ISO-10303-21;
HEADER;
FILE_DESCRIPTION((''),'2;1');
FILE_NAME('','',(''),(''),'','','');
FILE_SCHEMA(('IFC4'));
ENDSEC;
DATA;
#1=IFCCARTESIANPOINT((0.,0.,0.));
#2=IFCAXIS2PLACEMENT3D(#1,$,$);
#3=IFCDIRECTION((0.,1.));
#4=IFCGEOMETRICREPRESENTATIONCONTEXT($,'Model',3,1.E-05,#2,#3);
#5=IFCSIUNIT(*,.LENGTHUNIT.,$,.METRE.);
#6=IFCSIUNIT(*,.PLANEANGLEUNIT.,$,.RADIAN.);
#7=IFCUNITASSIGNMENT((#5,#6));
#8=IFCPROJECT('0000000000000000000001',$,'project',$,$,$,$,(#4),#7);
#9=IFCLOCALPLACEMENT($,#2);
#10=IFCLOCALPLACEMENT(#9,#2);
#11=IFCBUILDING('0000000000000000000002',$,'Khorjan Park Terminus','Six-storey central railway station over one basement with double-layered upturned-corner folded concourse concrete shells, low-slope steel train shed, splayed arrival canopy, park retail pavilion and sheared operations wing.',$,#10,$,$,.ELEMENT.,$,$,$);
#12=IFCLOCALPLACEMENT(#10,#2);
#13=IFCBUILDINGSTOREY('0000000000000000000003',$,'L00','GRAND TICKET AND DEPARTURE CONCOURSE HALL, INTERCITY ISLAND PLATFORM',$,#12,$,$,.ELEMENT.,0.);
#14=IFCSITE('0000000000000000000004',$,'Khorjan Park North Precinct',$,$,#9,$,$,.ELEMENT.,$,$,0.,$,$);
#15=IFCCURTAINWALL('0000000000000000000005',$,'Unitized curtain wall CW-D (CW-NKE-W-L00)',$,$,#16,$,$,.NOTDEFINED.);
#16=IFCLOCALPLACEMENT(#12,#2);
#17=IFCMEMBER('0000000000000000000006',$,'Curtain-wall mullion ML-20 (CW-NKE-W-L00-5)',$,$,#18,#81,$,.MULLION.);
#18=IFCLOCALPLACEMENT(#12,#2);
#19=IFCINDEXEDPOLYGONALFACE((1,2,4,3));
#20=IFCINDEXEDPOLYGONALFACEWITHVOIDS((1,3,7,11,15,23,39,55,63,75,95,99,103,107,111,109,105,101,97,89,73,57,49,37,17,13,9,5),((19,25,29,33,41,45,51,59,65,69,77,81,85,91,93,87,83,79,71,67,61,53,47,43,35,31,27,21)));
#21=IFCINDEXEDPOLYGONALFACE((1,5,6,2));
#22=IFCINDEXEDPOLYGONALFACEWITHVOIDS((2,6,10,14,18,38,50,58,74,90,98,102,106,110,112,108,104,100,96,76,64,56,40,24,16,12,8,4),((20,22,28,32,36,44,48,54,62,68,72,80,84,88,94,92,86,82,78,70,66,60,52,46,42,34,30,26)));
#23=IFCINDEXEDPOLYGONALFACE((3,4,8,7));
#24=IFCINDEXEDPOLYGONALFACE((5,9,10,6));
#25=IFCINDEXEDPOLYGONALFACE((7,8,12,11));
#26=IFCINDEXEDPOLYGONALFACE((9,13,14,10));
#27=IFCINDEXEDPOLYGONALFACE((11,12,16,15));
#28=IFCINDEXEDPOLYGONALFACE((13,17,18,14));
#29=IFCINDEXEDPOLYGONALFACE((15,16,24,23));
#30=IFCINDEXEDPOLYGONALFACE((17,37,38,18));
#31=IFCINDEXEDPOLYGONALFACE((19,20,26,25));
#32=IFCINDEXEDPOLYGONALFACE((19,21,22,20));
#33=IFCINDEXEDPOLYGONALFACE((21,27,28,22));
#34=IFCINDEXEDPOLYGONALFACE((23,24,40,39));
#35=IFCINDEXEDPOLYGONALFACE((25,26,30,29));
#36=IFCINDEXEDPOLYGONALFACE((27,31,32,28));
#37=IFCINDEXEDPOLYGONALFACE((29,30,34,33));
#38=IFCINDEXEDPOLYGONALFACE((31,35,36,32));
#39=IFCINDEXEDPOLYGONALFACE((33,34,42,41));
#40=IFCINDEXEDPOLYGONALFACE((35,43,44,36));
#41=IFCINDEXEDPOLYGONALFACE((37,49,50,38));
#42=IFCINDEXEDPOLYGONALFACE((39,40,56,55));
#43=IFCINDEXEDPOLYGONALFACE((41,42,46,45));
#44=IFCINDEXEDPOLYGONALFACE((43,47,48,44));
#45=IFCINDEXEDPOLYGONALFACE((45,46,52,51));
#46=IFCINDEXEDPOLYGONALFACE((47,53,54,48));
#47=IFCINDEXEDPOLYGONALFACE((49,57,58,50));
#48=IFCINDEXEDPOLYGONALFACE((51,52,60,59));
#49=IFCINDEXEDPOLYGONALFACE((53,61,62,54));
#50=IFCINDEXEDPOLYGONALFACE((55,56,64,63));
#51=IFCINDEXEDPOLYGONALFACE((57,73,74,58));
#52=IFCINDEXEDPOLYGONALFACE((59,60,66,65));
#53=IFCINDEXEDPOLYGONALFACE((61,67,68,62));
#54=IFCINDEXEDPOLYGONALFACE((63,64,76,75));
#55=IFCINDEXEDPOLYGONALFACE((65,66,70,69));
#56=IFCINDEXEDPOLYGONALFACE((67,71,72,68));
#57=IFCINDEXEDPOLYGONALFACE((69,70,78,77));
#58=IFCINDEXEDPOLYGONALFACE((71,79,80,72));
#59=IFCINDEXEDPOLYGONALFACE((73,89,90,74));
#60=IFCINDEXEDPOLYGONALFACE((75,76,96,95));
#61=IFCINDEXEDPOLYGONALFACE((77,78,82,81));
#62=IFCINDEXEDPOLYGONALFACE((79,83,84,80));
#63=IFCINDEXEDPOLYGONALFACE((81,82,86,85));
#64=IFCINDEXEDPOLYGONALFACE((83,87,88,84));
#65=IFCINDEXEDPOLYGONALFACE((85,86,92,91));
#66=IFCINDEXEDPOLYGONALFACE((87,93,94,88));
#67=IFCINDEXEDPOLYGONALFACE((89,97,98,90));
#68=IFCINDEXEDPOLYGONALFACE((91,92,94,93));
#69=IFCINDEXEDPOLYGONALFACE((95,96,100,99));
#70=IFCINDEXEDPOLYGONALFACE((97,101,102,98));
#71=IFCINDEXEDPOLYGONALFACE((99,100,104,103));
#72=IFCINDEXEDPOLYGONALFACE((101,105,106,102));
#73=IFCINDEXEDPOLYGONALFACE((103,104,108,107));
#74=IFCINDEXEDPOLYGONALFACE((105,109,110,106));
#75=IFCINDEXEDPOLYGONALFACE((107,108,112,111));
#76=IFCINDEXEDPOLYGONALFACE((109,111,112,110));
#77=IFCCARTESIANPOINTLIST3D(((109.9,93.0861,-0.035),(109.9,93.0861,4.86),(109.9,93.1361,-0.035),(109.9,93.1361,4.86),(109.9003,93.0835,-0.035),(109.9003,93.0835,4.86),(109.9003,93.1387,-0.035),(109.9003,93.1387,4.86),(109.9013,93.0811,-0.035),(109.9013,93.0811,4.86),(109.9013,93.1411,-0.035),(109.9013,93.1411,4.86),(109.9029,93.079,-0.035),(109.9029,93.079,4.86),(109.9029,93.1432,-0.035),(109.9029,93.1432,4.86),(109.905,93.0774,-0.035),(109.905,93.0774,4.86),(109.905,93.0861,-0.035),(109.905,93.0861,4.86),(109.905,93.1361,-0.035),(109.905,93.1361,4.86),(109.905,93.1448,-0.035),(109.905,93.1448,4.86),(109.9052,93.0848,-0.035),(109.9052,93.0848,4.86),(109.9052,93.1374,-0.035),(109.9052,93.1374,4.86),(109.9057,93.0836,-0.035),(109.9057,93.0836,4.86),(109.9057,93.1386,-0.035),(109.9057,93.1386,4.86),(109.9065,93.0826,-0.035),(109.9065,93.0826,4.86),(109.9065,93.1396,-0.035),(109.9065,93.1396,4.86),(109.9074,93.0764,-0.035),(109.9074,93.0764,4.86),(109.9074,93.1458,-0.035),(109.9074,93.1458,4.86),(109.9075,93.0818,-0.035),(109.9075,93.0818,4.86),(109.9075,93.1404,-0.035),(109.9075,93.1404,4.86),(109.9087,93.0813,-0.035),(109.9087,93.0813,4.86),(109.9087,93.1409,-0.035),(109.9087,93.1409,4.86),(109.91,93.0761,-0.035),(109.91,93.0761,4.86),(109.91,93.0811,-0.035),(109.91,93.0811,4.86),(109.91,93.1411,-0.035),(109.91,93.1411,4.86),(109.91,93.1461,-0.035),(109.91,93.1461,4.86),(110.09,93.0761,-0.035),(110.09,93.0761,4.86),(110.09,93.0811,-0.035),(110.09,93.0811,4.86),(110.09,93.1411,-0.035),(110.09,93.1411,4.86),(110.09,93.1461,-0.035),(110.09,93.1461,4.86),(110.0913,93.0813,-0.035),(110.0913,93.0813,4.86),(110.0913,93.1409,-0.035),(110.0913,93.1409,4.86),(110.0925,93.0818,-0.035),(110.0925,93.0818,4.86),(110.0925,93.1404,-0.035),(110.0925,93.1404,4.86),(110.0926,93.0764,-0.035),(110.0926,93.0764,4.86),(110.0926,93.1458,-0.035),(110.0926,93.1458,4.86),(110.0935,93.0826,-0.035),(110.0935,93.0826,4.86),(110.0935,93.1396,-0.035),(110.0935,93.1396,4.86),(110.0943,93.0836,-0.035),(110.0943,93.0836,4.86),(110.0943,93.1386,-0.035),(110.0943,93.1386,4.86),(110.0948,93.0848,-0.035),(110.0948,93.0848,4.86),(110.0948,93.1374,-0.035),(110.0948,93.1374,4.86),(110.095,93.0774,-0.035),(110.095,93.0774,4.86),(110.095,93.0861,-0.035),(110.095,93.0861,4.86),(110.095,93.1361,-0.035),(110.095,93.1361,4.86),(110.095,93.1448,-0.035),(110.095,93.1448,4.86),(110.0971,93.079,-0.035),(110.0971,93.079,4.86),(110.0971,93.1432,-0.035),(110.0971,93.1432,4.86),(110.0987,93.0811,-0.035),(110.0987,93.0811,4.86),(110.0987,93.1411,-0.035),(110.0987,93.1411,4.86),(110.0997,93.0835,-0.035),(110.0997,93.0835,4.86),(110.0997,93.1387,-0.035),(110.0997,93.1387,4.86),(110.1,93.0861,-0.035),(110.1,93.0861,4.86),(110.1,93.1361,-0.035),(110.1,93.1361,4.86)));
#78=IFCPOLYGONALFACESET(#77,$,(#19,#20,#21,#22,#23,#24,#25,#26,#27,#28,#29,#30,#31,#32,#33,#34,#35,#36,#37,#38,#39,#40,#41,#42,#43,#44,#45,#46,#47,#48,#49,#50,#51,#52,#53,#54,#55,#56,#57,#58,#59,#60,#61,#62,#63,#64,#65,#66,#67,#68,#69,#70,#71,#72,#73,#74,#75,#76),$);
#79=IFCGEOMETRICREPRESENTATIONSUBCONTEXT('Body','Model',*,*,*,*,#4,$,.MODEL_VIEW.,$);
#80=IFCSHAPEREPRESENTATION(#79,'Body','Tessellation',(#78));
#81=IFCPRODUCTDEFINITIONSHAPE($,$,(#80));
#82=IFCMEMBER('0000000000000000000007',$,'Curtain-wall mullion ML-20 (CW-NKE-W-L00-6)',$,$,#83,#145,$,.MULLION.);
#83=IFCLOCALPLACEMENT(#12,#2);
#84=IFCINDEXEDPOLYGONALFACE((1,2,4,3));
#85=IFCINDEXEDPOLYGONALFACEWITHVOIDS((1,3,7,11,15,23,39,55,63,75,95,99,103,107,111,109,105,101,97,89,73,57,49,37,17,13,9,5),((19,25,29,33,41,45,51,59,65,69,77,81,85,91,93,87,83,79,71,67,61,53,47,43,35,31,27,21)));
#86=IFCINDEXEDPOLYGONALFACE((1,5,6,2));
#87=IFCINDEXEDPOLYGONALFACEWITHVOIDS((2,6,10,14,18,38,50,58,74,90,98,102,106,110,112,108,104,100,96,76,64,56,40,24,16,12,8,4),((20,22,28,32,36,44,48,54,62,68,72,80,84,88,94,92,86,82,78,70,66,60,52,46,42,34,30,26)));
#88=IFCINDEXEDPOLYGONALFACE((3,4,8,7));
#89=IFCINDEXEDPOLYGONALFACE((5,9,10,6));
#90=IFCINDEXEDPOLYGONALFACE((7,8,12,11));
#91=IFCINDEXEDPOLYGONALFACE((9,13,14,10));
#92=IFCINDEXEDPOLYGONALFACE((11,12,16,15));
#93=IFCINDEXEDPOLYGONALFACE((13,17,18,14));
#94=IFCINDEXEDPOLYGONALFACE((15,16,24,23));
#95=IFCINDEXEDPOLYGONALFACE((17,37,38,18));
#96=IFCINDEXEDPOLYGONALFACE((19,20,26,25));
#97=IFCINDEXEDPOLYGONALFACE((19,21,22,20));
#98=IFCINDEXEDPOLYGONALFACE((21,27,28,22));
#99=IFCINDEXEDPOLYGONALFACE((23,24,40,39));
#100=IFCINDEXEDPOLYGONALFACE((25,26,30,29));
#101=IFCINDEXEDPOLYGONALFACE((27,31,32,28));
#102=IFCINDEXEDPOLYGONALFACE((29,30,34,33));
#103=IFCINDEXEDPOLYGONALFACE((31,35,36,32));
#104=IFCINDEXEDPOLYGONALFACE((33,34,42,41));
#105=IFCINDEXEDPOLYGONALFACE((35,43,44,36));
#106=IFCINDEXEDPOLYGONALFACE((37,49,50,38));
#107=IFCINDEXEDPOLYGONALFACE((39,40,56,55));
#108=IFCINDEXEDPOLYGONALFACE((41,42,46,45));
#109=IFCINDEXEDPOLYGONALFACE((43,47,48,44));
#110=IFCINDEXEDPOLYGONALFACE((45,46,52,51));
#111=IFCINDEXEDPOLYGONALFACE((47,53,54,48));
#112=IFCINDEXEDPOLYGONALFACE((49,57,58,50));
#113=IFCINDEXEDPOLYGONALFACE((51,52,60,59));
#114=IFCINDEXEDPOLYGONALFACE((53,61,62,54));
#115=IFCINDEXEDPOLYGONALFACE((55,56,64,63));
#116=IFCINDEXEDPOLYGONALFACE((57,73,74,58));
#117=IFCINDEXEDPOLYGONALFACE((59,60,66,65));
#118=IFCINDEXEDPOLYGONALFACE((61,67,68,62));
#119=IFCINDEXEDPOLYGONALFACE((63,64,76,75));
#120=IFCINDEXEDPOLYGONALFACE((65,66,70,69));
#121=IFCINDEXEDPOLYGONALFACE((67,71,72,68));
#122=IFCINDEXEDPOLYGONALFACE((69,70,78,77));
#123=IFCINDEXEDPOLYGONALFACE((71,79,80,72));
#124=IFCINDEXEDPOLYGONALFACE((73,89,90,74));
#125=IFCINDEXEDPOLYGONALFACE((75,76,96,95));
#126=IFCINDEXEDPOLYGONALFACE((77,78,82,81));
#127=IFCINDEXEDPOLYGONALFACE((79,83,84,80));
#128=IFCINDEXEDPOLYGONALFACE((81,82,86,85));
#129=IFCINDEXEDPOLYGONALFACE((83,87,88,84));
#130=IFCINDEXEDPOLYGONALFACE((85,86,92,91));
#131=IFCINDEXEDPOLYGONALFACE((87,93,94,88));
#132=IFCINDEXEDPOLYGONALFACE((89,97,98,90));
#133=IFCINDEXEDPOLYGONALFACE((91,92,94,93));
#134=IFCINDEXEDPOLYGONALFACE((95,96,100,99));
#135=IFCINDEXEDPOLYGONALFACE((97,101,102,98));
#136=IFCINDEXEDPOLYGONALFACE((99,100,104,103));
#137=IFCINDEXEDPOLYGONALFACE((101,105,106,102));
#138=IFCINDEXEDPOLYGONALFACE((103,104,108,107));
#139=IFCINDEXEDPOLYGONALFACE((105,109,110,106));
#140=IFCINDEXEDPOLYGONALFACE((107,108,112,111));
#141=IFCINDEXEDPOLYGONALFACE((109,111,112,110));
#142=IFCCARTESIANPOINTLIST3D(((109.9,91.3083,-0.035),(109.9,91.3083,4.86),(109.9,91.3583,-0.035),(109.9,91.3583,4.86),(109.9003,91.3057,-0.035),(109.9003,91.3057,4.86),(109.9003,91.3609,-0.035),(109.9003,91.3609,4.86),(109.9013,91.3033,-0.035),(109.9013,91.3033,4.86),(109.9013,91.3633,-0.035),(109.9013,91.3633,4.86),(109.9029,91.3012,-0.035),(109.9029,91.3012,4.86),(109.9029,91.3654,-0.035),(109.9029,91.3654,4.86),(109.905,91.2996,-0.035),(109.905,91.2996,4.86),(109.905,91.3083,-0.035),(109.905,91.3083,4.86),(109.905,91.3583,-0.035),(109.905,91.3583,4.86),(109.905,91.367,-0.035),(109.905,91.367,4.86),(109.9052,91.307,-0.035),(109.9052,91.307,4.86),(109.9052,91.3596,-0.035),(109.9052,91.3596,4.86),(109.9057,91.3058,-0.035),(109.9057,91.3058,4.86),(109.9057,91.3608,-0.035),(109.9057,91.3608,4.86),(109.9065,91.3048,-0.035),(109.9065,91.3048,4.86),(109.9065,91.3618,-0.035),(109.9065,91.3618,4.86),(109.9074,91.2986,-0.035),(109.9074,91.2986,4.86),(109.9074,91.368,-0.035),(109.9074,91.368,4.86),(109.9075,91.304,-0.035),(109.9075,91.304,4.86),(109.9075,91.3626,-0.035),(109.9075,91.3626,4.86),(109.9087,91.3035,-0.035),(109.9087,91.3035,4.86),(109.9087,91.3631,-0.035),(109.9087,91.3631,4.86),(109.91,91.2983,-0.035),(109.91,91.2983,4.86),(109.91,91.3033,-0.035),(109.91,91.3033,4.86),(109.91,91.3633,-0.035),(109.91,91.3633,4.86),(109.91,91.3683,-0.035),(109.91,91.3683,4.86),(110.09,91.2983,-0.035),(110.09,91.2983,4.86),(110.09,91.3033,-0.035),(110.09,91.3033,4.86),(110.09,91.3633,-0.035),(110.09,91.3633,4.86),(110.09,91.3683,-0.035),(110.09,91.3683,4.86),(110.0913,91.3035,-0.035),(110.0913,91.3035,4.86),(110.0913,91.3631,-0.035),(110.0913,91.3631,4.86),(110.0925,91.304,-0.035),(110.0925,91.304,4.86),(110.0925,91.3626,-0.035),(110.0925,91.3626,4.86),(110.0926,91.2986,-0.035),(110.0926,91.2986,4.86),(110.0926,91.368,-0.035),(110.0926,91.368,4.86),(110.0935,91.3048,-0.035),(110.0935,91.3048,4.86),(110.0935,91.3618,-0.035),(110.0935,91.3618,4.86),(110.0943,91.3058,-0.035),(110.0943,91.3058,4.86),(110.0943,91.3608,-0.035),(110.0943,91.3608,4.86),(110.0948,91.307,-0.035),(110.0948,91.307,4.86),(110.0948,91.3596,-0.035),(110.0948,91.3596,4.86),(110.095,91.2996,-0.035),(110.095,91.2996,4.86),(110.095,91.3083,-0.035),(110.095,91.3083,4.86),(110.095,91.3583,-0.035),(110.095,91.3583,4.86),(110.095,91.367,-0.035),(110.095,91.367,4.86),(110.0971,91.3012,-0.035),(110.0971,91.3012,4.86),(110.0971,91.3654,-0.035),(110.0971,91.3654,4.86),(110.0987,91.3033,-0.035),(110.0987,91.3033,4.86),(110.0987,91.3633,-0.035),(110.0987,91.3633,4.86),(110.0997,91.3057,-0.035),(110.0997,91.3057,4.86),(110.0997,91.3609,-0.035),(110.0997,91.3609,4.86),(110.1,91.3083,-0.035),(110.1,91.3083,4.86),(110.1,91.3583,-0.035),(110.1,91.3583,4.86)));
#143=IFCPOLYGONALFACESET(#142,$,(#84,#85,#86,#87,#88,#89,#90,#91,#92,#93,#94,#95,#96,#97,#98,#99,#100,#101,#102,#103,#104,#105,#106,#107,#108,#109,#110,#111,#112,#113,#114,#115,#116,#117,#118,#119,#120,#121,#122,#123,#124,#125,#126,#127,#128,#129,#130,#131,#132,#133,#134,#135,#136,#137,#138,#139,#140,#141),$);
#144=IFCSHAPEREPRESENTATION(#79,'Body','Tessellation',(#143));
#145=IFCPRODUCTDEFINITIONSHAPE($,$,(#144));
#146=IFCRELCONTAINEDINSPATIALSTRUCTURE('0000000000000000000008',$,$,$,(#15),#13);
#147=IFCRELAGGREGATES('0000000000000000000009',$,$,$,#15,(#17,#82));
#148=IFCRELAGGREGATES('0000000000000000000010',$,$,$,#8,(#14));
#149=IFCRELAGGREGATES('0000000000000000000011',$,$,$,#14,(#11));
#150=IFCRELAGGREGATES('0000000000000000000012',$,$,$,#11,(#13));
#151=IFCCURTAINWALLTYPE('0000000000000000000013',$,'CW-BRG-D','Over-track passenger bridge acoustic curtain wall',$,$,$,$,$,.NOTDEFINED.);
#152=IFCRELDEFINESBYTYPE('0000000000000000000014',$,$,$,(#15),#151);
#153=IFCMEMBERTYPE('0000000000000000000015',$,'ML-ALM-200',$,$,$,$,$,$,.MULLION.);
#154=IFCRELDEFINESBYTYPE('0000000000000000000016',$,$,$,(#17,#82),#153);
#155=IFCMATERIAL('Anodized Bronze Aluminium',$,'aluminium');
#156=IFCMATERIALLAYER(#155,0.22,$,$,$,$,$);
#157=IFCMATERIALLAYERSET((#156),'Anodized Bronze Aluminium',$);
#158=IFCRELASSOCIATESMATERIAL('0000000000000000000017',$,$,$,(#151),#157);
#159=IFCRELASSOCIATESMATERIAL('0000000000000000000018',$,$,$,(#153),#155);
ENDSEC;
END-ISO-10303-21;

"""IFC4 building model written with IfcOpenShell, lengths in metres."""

from ifc_helpers import new_model, si_unit, direction, frame, origin, origin_2d, place, context, subcontext, project, spatial, hollow_rectangle, extrude, material, layer, layer_set, material_profile, profile_set, type_object, element, aggregate, save


model = new_model("IFC4")

# Units and contexts
model_context = context("Model", 3, precision=1e-05, world=origin(), true_north=direction((0.0, 1.0)))
body_context = subcontext(model_context, "Body", "Model", "MODEL_VIEW")
ifc_project = project(units=[si_unit("LENGTHUNIT", "METRE"), si_unit("PLANEANGLEUNIT", "RADIAN")], contexts=[model_context])

# Site, building, storey
site_placement = place(None, origin())
site = spatial("IfcSite", under=ifc_project, at=site_placement, Name="Khorjan Park North Precinct", CompositionType="ELEMENT", RefElevation=0.0)
building_placement = place(site_placement, origin())
building = spatial("IfcBuilding", under=site, at=building_placement, Name="Khorjan Park Terminus", Description="Six-storey central railway station over one basement with double-layered upturned-corner folded concourse concrete shells, low-slope steel train shed, splayed arrival canopy, park retail pavilion and sheared operations wing.", CompositionType="ELEMENT")
storey_placement = place(building_placement, origin())
storey = spatial("IfcBuildingStorey", under=building, at=storey_placement, Name="L00", Description="GRAND TICKET AND DEPARTURE CONCOURSE HALL, INTERCITY ISLAND PLATFORM", CompositionType="ELEMENT", Elevation=0.0)

# Curtain wall, members
ifc_material_1 = material(Name="Anodized Bronze Aluminium", Category="aluminium")
ifc_layer_1 = layer(ifc_material_1, 0.22)
ifc_layer_set_1 = layer_set([ifc_layer_1], Name="Anodized Bronze Aluminium")
curtain_wall_type = type_object("IfcCurtainWallType", Name="CW-BRG-D", Description="Over-track passenger bridge acoustic curtain wall", PredefinedType="NOTDEFINED", material=ifc_layer_set_1)
curtain_wall_placement = place(storey_placement, origin())
curtain_wall = element("IfcCurtainWall", 1, at=curtain_wall_placement, inside=storey, type_object=curtain_wall_type, Name="Unitized curtain wall CW-D (CW-NKE-W-L00)", PredefinedType="NOTDEFINED")
ifc_material_profile_1 = material_profile(ifc_material_1, hollow_rectangle(XDim=0.07, YDim=0.2, WallThickness=0.005, InnerFilletRadius=0.005, OuterFilletRadius=0.01, at=origin_2d()), Name="ALM 70x200x5")
ifc_profile_set_1 = profile_set([ifc_material_profile_1], Name="Anodized Bronze Aluminium")
member_type_1 = type_object("IfcMemberType", Name="ML-ALM-200", PredefinedType="MULLION", material=ifc_profile_set_1)
member_1_placement = place(storey_placement, frame((110.0, 93.1111, -0.035), z_axis=(0.0, 0.0, 1.0), x_axis=(0.0, -1.0, 0.0)))
member_1 = element("IfcMember", 2, at=member_1_placement, type_object=member_type_1, Name="Curtain-wall mullion ML-20 (CW-NKE-W-L00-5)", PredefinedType="MULLION", context=body_context, shape_type="SweptSolid", body=[
    extrude(hollow_rectangle(XDim=0.07, YDim=0.2, WallThickness=0.005, InnerFilletRadius=0.005, OuterFilletRadius=0.01, at=origin_2d()), origin(), (0.0, 0.0, 1.0), 4.895),
])
member_2_placement = place(storey_placement, frame((110.0, 91.3333, -0.035), z_axis=(0.0, 0.0, 1.0), x_axis=(0.0, -1.0, 0.0)))
member_2 = element("IfcMember", 3, at=member_2_placement, type_object=member_type_1, Name="Curtain-wall mullion ML-20 (CW-NKE-W-L00-6)", PredefinedType="MULLION", context=body_context, shape_type="SweptSolid", body=[
    extrude(hollow_rectangle(XDim=0.07, YDim=0.2, WallThickness=0.005, InnerFilletRadius=0.005, OuterFilletRadius=0.01, at=origin_2d()), origin(), (0.0, 0.0, 1.0), 4.895),
])
aggregate(curtain_wall, [member_1, member_2])

save(model, "model.ifc")
